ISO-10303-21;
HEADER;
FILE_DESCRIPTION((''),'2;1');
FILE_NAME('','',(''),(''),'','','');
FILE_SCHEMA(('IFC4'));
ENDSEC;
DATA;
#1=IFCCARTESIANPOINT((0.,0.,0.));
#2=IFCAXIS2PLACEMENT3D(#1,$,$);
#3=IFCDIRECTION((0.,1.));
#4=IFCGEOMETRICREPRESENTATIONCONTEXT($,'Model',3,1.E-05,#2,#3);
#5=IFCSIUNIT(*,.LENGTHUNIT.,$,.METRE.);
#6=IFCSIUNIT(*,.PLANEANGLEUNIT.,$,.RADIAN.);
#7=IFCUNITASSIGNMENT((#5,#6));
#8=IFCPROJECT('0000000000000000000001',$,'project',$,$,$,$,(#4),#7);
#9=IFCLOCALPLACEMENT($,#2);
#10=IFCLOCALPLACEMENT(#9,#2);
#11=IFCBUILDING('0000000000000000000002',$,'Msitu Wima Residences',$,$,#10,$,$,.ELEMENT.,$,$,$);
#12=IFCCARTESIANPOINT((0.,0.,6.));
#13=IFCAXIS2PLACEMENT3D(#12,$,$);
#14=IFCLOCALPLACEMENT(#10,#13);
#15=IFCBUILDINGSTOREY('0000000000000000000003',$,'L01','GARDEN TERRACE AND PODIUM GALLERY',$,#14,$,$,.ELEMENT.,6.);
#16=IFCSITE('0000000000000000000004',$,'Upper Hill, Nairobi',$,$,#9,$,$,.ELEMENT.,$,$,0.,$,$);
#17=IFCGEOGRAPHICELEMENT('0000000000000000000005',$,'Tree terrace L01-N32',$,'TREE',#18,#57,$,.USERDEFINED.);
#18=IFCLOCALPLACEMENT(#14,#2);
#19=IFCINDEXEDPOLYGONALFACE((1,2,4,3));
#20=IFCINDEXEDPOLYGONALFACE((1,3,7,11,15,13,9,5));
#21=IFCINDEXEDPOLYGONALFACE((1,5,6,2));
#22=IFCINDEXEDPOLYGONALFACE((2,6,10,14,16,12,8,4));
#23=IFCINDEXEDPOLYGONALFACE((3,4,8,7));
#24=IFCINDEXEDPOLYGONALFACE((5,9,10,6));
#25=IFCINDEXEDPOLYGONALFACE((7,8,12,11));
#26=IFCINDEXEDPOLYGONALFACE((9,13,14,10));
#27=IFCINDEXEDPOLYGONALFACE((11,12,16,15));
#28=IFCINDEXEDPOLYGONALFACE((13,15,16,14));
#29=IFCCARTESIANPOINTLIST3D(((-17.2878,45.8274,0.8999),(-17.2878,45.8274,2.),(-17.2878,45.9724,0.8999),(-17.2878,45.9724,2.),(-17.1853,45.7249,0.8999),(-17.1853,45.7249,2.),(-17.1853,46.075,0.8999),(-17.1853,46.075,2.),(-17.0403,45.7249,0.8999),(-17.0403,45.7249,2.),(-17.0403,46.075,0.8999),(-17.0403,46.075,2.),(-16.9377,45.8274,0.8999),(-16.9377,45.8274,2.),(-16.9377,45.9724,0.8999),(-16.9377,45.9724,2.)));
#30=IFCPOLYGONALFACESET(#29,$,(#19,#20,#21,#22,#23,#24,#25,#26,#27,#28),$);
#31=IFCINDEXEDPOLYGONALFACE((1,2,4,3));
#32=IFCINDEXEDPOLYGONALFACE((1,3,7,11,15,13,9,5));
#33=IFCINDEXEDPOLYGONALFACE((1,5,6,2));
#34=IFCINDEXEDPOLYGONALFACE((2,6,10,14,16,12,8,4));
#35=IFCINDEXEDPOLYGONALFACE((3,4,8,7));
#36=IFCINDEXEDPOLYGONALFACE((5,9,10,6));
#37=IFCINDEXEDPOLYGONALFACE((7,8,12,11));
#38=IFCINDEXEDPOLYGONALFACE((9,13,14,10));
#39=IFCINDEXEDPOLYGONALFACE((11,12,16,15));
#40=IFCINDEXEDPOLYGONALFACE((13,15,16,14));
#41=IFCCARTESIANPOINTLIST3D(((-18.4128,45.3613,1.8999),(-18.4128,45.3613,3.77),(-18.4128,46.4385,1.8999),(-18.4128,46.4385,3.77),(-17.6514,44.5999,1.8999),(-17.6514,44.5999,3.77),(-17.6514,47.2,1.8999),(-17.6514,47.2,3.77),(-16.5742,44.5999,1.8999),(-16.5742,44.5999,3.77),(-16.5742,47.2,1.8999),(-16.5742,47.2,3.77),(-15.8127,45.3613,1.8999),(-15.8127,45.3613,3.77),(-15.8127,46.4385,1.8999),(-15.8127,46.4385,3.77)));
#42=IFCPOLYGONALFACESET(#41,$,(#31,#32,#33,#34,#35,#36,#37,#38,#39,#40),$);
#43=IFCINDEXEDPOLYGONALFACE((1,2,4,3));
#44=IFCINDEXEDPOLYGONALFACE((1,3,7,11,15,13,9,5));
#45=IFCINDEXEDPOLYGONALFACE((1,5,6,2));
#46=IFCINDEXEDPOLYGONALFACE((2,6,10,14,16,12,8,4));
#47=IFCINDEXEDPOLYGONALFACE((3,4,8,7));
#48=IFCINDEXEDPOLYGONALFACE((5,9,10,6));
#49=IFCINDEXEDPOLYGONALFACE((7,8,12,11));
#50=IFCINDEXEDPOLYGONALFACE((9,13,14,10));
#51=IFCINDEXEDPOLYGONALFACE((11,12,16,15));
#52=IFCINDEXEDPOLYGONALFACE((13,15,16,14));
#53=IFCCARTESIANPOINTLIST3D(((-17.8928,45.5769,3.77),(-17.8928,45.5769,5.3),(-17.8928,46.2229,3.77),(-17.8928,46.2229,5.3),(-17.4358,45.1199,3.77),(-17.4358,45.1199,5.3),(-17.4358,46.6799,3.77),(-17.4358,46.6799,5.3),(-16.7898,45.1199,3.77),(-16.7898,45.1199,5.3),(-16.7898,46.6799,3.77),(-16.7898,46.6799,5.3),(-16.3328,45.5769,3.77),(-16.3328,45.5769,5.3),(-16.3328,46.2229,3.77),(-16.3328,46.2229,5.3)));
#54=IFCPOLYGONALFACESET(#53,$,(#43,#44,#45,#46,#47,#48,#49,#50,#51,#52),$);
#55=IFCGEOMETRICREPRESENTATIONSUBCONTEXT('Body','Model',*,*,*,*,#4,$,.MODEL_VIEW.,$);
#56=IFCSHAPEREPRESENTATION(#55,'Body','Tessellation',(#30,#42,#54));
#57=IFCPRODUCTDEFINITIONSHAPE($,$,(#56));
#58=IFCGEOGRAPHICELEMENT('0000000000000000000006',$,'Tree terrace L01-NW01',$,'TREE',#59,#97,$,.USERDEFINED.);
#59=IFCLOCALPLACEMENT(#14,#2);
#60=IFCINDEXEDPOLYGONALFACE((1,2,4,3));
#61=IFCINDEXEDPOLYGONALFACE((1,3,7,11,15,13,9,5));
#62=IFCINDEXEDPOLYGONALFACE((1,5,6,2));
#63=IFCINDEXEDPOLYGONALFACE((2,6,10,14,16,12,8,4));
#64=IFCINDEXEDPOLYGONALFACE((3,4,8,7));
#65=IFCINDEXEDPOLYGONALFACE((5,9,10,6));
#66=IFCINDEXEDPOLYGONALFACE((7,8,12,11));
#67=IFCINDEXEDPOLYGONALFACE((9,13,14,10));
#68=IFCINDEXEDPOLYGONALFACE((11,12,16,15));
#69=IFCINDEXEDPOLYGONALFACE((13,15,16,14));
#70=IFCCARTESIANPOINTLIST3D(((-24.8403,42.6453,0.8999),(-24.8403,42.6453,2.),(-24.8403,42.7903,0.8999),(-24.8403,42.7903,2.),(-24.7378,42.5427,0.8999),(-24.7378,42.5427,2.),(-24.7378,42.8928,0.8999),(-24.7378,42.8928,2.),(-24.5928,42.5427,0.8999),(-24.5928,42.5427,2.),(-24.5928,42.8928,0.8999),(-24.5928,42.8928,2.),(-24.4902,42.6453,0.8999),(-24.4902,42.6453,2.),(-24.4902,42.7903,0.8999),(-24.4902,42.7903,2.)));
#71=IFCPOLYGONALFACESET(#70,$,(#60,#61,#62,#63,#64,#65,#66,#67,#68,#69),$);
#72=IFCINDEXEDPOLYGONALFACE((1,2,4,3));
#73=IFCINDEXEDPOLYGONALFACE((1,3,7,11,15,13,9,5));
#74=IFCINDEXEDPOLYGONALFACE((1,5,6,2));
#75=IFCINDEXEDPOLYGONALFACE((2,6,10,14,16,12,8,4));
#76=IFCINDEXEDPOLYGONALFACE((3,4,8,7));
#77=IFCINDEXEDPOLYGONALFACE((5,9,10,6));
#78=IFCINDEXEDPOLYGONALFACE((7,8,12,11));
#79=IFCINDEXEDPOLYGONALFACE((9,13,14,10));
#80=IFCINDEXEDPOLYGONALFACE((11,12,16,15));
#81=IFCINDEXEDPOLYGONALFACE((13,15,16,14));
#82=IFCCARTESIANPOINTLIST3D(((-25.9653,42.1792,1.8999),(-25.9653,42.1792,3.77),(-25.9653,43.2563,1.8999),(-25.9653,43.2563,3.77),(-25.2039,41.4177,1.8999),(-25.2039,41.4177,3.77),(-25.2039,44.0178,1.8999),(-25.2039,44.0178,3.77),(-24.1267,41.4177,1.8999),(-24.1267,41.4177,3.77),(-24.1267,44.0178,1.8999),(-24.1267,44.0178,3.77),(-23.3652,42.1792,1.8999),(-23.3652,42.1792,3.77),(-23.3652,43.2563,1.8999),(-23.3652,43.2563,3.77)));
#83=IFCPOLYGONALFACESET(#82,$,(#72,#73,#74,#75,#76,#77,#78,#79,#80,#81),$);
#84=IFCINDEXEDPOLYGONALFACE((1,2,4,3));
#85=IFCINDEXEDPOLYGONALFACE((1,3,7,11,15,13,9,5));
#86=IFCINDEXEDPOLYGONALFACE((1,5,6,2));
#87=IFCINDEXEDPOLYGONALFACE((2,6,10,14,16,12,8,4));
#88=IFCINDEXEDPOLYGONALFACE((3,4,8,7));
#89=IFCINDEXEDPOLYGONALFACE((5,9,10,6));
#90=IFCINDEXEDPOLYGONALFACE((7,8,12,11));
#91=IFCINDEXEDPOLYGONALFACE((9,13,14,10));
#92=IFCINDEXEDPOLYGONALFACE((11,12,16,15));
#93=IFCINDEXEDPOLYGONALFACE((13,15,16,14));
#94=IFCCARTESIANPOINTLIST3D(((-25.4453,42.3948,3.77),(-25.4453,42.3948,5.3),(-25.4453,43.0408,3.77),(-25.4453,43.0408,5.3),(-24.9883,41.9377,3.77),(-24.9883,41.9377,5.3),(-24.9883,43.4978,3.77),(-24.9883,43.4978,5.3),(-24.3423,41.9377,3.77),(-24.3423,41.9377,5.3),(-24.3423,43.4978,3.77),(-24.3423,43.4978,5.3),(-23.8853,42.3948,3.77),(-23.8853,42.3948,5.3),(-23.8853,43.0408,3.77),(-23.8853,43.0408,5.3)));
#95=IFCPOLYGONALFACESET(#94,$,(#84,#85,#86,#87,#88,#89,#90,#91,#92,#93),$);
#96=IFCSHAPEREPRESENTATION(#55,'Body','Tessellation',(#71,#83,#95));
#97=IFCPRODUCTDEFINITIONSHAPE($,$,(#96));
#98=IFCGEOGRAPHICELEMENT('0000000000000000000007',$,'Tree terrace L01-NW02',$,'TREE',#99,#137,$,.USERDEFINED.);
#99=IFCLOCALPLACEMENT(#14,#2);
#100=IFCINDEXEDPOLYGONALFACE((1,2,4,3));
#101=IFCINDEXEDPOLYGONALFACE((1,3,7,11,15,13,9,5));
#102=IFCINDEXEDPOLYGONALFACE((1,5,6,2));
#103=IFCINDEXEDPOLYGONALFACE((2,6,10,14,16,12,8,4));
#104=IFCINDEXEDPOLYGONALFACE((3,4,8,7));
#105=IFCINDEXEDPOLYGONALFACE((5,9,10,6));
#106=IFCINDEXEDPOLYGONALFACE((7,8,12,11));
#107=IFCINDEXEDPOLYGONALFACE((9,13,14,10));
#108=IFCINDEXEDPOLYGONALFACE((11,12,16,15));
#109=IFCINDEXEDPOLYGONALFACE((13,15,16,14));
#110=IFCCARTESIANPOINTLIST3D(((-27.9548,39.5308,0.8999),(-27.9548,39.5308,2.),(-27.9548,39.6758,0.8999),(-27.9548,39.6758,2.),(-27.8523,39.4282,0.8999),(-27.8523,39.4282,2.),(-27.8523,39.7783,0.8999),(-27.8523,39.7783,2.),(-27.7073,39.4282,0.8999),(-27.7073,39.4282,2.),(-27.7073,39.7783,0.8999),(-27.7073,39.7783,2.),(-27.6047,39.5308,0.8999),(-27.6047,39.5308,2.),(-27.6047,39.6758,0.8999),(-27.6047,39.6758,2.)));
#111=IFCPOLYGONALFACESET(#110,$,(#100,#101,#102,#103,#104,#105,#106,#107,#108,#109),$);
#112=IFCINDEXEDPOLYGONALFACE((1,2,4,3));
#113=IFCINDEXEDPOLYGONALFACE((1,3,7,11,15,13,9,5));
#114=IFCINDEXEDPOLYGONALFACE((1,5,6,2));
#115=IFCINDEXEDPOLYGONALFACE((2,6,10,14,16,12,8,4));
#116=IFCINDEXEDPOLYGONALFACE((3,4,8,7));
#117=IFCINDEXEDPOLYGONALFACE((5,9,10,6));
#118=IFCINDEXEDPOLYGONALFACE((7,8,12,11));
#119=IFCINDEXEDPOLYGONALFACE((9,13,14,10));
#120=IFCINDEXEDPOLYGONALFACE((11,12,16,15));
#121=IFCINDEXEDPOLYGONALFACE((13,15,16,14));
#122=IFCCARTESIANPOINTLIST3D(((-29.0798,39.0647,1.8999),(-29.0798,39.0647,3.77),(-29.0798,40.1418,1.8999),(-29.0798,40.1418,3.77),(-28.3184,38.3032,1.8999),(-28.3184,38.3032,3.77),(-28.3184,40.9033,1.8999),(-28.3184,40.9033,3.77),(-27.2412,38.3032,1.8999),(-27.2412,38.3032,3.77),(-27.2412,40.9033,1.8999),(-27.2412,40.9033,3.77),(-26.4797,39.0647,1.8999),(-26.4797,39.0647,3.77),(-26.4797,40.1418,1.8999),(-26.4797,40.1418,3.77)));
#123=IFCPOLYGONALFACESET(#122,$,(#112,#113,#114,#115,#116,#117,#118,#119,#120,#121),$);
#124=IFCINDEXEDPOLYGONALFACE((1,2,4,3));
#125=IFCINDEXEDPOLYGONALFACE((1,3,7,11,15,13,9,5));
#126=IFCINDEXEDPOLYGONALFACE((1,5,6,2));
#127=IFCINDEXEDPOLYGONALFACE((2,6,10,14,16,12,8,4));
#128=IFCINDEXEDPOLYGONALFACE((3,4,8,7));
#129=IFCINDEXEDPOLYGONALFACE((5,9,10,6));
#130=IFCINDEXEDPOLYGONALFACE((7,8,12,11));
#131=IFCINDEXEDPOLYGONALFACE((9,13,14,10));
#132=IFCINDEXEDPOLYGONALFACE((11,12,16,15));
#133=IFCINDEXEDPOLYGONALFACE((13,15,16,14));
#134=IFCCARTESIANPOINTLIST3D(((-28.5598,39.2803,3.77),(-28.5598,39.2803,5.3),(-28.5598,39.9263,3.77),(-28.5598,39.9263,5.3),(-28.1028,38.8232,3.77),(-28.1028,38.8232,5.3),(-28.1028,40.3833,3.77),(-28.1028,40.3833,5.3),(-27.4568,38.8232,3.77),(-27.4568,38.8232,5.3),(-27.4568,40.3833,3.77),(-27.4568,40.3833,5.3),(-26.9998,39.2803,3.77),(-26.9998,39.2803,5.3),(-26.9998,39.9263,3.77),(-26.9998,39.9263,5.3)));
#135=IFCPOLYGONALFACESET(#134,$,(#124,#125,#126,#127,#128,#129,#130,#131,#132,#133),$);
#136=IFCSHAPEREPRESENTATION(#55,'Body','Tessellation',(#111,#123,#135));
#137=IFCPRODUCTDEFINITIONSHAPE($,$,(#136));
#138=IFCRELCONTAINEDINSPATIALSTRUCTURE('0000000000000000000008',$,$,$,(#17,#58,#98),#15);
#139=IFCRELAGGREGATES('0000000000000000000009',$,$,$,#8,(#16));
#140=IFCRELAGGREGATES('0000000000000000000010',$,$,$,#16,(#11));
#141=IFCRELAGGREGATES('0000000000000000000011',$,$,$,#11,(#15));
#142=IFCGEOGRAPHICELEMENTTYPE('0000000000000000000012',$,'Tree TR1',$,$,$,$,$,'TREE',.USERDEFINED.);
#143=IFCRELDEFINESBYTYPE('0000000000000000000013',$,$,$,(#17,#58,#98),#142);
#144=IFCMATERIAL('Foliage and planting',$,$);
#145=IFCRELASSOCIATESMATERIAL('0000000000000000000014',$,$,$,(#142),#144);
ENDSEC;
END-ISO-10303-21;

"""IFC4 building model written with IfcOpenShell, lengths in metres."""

from ifc_helpers import new_model, si_unit, direction, frame, origin, place, context, subcontext, project, spatial, polyline, outline, extrude, material, type_object, element, save


model = new_model("IFC4")

# Units and contexts
model_context = context("Model", 3, precision=1e-05, world=origin(), true_north=direction((0.0, 1.0)))
body_context = subcontext(model_context, "Body", "Model", "MODEL_VIEW")
ifc_project = project(units=[si_unit("LENGTHUNIT", "METRE"), si_unit("PLANEANGLEUNIT", "RADIAN")], contexts=[model_context])

# Site, building, storey
site_placement = place(None, origin())
site = spatial("IfcSite", under=ifc_project, at=site_placement, Name="Upper Hill, Nairobi", CompositionType="ELEMENT", RefElevation=0.0)
building_placement = place(site_placement, origin())
building = spatial("IfcBuilding", under=site, at=building_placement, Name="Msitu Wima Residences", CompositionType="ELEMENT")
storey_placement = place(building_placement, frame((0.0, 0.0, 6.0)))
storey = spatial("IfcBuildingStorey", under=building, at=storey_placement, Name="L01", Description="GARDEN TERRACE AND PODIUM GALLERY", CompositionType="ELEMENT", Elevation=6.0)

# Geographic elements
ifc_material_1 = material(Name="Foliage and planting")
geographic_element_type = type_object("IfcGeographicElementType", Name="Tree TR1", ElementType="TREE", PredefinedType="USERDEFINED", material=ifc_material_1)
for number, where, z_axis, x_axis, name in (
    (1, (-17.1128, 45.8999, 0.8999), (0.0, 0.0, 1.0), (1.0, 0.0, 0.0), "Tree terrace L01-N32"),
    (2, (-24.6653, 42.7178, 0.8999), (0.0, 0.0, 1.0), (1.0, 0.0, 0.0), "Tree terrace L01-NW01"),
    (3, (-27.7798, 39.6033, 0.8999), (0.0, 0.0, 1.0), (1.0, 0.0, 0.0), "Tree terrace L01-NW02"),
):
    element("IfcGeographicElement", number, at=place(storey_placement, frame(where, z_axis=z_axis, x_axis=x_axis)), inside=storey, type_object=geographic_element_type, Name=name, ObjectType="TREE", PredefinedType="USERDEFINED", context=body_context, shape_type="SweptSolid", body=[
        extrude(outline(polyline([(0.175, 0.0725), (0.0725, 0.175), (-0.0725, 0.175), (-0.175, 0.0725), (-0.175, -0.0725), (-0.0725, -0.175), (0.0725, -0.175), (0.175, -0.0725), (0.175, 0.0725)])), origin(), (0.0, 0.0, 1.0), 1.1001),
        extrude(outline(polyline([(1.3, 0.5386), (0.5386, 1.3), (-0.5386, 1.3), (-1.3, 0.5386), (-1.3, -0.5386), (-0.5386, -1.3), (0.5386, -1.3), (1.3, -0.5386), (1.3, 0.5386)])), frame((0.0, 0.0, 1.0)), (0.0, 0.0, 1.0), 1.8701),
        extrude(outline(polyline([(0.78, 0.323), (0.323, 0.78), (-0.323, 0.78), (-0.78, 0.323), (-0.78, -0.323), (-0.323, -0.78), (0.323, -0.78), (0.78, -0.323), (0.78, 0.323)])), frame((0.0, 0.0, 2.8701)), (0.0, 0.0, 1.0), 1.53),
    ])

save(model, "model.ifc")
